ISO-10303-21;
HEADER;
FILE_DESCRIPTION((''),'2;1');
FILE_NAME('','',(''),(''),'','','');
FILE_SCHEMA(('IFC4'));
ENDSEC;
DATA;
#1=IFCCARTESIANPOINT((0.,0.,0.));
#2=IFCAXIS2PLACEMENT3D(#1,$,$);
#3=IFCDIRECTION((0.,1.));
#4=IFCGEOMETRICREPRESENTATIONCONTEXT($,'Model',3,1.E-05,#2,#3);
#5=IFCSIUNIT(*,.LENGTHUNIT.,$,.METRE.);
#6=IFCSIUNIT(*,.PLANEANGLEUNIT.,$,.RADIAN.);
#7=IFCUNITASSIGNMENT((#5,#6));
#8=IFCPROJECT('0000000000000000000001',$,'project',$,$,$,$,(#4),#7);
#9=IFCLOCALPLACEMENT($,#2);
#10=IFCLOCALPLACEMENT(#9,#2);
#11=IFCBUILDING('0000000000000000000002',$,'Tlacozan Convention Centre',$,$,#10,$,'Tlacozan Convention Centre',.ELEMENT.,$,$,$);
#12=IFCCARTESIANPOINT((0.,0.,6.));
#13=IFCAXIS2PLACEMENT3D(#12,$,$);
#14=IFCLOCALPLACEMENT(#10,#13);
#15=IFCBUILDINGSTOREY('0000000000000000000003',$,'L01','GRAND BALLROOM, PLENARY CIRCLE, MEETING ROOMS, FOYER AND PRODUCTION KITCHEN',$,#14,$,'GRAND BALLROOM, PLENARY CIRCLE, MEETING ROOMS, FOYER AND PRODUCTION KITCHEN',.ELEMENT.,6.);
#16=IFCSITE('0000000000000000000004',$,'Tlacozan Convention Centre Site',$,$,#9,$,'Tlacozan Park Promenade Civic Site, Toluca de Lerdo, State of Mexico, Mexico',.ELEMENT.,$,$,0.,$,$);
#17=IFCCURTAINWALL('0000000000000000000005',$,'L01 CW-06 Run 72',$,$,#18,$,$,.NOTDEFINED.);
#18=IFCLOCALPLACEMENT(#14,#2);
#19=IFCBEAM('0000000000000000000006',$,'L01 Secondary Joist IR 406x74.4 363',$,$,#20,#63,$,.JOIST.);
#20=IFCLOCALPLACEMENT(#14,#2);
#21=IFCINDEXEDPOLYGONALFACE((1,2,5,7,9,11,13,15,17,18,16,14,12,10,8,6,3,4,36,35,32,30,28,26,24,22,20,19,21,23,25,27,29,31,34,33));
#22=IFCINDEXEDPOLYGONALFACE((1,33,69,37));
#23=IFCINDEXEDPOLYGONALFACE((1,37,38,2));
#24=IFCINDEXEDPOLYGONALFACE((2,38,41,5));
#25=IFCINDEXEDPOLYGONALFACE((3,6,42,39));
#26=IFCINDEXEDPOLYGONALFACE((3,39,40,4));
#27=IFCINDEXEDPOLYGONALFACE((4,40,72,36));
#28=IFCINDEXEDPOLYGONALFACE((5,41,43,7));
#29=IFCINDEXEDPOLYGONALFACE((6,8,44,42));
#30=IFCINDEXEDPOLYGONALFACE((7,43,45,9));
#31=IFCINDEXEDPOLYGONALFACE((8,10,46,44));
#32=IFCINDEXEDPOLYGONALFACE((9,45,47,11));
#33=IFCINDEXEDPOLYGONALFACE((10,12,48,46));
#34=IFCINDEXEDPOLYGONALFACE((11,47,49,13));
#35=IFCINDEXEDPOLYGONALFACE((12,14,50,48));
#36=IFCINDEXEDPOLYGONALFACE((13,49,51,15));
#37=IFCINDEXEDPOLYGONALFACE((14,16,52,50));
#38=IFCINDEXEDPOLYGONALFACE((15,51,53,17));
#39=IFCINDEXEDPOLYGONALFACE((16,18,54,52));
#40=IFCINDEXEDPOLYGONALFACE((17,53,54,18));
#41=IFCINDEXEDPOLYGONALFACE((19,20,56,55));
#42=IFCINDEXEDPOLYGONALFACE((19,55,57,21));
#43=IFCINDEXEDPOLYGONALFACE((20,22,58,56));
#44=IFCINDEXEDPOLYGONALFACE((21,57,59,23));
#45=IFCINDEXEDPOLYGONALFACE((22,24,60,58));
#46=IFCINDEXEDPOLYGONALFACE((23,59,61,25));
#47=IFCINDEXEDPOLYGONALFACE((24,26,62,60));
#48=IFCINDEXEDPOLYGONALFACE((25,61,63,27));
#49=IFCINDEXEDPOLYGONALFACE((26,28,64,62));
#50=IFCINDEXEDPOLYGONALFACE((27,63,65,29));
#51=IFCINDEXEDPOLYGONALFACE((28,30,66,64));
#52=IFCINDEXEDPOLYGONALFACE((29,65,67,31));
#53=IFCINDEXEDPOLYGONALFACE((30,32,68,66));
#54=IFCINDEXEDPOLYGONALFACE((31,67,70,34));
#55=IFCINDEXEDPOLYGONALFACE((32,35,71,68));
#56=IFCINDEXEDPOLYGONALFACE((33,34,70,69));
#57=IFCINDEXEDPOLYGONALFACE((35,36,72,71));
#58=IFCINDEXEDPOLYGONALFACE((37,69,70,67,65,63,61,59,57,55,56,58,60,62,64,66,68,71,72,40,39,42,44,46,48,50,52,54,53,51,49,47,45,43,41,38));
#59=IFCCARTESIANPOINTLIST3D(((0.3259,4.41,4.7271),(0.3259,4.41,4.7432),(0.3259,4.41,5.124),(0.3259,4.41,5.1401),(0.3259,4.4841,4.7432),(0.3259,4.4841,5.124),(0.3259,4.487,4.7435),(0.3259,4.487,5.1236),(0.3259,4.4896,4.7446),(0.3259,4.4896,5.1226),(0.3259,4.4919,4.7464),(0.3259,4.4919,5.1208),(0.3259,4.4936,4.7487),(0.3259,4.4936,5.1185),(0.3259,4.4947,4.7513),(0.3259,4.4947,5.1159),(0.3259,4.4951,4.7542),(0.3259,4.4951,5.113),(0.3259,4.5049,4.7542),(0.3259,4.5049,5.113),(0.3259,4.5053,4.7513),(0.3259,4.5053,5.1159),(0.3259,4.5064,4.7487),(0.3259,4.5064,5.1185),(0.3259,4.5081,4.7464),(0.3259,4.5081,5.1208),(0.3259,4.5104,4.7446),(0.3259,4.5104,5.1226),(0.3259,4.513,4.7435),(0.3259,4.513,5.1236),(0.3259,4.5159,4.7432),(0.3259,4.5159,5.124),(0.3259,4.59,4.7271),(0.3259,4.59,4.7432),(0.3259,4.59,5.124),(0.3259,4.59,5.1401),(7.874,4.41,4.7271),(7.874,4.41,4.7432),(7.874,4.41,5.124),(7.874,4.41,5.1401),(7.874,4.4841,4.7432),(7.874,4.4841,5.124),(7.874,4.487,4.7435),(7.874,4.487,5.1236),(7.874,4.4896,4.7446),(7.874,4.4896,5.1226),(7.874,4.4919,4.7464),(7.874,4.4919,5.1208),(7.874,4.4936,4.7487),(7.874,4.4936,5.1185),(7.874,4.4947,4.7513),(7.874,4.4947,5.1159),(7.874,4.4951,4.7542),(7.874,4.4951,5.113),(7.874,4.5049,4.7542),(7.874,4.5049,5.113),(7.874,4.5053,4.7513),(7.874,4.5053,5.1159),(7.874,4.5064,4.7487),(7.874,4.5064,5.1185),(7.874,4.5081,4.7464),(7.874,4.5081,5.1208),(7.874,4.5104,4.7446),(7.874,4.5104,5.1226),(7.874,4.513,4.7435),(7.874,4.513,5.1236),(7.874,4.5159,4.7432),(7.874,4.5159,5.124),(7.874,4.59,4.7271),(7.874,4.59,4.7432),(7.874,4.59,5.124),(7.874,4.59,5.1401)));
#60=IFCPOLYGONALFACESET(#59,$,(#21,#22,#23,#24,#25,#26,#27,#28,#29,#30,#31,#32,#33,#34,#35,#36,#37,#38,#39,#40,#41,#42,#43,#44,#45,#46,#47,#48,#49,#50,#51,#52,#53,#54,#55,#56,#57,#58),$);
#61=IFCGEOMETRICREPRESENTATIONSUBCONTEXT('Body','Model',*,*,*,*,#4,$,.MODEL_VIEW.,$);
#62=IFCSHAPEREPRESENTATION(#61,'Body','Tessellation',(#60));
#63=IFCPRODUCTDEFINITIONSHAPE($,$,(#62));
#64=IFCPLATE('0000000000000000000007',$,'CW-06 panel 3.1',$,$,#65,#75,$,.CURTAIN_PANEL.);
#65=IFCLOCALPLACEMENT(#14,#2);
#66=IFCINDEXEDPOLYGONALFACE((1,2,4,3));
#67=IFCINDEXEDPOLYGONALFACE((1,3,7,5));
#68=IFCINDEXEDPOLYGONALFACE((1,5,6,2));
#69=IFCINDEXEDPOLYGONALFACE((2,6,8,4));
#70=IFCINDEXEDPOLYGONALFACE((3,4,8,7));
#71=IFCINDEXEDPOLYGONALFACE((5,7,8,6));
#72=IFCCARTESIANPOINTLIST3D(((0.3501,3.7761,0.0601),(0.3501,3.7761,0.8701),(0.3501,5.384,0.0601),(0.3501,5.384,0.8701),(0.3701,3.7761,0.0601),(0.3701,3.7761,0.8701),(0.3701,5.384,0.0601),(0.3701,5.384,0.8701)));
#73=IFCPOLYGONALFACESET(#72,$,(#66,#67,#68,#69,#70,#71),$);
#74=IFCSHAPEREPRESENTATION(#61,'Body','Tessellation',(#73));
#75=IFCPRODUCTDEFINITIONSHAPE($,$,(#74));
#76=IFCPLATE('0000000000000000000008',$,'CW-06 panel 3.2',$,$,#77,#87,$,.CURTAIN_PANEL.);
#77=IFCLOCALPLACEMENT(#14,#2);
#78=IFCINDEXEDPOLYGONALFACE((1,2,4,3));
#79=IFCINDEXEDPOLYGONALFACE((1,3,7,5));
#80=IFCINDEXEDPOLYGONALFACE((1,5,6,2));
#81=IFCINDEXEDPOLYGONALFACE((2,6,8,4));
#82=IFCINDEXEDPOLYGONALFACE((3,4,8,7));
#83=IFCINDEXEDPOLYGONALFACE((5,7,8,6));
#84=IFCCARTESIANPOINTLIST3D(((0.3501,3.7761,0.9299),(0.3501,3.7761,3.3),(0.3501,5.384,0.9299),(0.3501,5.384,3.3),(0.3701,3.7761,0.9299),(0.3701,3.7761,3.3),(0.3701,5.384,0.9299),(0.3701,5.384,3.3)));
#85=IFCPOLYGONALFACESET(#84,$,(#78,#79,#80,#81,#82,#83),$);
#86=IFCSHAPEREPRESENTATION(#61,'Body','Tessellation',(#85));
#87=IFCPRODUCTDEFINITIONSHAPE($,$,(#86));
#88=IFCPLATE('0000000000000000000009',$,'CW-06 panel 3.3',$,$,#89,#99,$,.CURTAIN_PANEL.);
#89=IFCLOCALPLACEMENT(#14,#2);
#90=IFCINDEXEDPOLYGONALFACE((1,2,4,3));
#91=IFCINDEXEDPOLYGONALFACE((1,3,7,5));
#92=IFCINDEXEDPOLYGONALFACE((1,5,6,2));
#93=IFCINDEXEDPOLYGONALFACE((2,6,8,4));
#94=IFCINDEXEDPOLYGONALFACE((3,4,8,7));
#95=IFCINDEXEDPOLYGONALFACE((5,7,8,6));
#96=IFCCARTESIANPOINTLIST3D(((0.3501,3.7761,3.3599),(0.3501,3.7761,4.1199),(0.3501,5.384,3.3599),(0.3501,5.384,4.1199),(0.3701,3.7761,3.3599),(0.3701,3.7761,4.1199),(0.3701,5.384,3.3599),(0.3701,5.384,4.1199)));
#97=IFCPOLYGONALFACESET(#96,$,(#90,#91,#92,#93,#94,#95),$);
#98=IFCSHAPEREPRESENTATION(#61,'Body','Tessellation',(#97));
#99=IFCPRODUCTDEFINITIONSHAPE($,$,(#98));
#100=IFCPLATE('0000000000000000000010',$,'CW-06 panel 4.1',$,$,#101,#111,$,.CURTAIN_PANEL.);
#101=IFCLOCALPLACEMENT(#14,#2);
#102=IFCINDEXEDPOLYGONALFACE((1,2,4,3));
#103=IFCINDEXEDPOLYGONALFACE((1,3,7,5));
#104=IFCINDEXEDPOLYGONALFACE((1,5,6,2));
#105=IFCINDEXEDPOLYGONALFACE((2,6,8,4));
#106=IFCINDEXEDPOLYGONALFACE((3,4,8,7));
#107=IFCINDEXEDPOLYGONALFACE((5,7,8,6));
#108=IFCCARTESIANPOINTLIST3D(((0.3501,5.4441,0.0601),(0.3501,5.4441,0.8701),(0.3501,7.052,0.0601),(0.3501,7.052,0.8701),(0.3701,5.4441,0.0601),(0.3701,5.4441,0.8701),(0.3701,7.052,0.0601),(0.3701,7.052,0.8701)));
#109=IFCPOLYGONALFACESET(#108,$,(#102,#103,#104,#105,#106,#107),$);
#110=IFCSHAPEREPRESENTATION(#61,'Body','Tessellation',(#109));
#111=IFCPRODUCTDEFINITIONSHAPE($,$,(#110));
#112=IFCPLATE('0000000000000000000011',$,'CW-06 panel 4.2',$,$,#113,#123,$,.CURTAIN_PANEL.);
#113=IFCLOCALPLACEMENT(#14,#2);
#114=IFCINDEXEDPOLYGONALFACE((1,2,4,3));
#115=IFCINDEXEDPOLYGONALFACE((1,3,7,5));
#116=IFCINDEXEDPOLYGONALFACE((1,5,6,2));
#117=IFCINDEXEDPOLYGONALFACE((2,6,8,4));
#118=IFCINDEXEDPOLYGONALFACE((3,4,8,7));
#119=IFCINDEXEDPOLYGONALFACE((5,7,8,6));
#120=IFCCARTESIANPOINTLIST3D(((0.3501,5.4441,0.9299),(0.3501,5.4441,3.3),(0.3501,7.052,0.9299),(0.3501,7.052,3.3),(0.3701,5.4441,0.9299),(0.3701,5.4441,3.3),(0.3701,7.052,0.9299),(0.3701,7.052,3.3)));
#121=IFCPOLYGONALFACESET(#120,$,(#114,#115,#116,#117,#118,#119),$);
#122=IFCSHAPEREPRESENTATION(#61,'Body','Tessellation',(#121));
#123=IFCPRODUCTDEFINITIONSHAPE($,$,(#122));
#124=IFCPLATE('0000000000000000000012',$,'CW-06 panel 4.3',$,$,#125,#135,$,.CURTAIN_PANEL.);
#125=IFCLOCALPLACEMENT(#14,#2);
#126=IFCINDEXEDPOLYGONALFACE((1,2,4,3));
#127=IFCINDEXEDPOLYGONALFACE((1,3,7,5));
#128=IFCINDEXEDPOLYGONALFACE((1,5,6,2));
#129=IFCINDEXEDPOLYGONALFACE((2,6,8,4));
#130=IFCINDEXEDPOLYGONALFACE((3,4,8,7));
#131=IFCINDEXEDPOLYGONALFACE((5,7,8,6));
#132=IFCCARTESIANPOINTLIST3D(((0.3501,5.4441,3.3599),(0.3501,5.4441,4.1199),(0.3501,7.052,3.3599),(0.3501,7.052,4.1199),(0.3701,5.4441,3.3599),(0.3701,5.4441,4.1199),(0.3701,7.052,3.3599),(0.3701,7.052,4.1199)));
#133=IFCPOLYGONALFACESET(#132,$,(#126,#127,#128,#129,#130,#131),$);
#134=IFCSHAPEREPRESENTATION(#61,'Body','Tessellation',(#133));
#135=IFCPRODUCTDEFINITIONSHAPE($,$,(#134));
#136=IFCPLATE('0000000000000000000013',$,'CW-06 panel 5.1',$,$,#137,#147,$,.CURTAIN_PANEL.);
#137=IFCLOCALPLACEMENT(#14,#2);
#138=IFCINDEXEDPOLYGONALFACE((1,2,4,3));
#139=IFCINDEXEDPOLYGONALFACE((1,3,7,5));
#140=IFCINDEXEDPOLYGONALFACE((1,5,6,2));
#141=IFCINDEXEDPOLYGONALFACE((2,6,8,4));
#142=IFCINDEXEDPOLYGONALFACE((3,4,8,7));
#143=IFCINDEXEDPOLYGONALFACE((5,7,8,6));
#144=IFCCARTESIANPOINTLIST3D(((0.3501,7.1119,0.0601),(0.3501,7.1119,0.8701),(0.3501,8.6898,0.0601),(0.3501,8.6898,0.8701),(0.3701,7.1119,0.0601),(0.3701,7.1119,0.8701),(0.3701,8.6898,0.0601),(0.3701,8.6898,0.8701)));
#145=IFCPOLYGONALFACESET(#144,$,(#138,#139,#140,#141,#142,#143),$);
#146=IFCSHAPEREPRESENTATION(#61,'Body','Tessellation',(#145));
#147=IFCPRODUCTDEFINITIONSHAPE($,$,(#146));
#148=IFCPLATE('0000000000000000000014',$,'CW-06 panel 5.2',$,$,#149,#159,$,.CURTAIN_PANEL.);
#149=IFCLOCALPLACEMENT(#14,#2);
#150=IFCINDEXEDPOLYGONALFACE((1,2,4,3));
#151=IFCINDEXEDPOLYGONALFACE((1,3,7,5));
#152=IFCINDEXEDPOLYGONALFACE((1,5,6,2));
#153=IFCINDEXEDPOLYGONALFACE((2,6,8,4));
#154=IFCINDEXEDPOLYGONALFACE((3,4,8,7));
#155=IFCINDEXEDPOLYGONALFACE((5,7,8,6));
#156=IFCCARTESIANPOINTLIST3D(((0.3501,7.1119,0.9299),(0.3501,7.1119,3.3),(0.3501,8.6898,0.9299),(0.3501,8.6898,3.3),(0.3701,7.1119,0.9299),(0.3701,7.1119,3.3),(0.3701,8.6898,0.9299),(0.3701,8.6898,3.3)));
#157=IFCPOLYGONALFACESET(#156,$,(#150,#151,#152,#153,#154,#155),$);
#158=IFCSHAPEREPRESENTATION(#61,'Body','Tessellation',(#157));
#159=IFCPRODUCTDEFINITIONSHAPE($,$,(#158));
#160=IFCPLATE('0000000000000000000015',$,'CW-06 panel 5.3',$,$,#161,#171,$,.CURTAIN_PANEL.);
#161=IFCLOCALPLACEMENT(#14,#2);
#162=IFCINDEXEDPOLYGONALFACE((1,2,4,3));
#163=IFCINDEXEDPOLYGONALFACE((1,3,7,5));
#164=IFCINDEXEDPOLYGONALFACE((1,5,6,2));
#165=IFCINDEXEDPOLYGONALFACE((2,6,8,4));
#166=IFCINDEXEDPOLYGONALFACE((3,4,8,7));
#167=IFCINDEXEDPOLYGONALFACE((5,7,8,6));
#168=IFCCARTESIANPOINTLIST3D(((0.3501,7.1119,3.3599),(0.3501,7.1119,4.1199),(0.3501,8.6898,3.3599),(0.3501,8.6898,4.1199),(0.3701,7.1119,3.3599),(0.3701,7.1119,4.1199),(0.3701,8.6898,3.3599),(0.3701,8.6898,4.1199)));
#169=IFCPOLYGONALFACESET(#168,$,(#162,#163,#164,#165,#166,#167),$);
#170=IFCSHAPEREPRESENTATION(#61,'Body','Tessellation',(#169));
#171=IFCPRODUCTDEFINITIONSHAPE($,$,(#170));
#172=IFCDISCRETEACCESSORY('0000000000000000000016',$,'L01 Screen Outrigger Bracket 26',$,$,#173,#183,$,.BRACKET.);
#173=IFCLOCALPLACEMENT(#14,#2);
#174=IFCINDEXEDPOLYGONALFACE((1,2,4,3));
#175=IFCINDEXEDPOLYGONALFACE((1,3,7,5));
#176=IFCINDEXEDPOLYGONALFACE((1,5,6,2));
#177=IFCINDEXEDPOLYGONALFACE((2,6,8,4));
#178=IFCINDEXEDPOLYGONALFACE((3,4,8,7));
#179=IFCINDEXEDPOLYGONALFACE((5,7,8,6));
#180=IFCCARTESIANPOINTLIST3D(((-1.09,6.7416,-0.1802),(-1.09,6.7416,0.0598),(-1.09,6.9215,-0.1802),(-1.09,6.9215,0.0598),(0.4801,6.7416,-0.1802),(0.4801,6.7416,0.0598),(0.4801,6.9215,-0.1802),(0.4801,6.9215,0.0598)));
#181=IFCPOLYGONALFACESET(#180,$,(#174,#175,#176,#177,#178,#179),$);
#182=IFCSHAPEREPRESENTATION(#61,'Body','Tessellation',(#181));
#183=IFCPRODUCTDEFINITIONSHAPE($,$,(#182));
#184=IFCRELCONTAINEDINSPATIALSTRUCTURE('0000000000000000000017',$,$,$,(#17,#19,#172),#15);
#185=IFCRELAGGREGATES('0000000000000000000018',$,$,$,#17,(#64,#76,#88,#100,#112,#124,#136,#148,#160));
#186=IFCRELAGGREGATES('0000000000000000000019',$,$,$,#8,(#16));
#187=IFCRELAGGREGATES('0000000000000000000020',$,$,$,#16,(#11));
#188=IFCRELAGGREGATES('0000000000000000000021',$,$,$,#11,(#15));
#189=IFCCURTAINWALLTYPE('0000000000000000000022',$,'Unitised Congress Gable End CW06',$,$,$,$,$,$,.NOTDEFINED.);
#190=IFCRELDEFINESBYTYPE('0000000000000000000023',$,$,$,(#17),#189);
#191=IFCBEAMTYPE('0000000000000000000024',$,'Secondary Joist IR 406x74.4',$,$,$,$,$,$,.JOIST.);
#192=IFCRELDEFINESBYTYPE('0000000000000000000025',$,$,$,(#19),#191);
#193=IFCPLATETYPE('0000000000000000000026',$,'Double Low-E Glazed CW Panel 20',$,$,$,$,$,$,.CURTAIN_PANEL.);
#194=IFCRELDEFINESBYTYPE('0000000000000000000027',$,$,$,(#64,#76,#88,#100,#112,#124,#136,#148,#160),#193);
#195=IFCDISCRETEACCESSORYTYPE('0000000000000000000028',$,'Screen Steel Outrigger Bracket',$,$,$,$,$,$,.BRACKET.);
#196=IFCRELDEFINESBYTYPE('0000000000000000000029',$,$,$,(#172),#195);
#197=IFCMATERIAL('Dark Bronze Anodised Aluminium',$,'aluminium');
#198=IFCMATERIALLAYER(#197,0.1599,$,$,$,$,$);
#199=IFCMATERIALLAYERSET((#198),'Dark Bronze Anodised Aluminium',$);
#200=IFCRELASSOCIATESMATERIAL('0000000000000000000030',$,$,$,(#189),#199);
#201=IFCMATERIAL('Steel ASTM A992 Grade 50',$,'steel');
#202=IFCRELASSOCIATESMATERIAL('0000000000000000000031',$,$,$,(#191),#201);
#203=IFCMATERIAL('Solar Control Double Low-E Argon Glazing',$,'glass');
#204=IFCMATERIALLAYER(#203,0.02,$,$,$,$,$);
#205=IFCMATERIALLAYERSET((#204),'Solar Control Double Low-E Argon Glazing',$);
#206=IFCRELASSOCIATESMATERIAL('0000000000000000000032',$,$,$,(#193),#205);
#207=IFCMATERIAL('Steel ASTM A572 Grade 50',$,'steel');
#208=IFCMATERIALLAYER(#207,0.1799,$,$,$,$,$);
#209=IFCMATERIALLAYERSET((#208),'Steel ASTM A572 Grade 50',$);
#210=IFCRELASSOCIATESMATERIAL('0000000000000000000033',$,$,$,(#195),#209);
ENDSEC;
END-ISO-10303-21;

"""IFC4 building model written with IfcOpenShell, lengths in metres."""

from ifc_helpers import new_model, si_unit, direction, frame, origin, origin_2d, place, context, subcontext, project, spatial, rectangle, i_section, extrude, material, layer, layer_set, material_profile, profile_set, type_object, element, aggregate, save


model = new_model("IFC4")

# Units and contexts
model_context = context("Model", 3, precision=1e-05, world=origin(), true_north=direction((0.0, 1.0)))
body_context = subcontext(model_context, "Body", "Model", "MODEL_VIEW")
ifc_project = project(units=[si_unit("LENGTHUNIT", "METRE"), si_unit("PLANEANGLEUNIT", "RADIAN")], contexts=[model_context])

# Site, building, storey
site_placement = place(None, origin())
site = spatial("IfcSite", under=ifc_project, at=site_placement, Name="Tlacozan Convention Centre Site", LongName="Tlacozan Park Promenade Civic Site, Toluca de Lerdo, State of Mexico, Mexico", CompositionType="ELEMENT", RefElevation=0.0)
building_placement = place(site_placement, origin())
building = spatial("IfcBuilding", under=site, at=building_placement, Name="Tlacozan Convention Centre", LongName="Tlacozan Convention Centre", CompositionType="ELEMENT")
storey_placement = place(building_placement, frame((0.0, 0.0, 6.0)))
storey = spatial("IfcBuildingStorey", under=building, at=storey_placement, Name="L01", Description="GRAND BALLROOM, PLENARY CIRCLE, MEETING ROOMS, FOYER AND PRODUCTION KITCHEN", LongName="GRAND BALLROOM, PLENARY CIRCLE, MEETING ROOMS, FOYER AND PRODUCTION KITCHEN", CompositionType="ELEMENT", Elevation=6.0)

# Curtain wall
ifc_material_1 = material(Name="Dark Bronze Anodised Aluminium", Category="aluminium")
ifc_layer_1 = layer(ifc_material_1, 0.1599)
ifc_layer_set_1 = layer_set([ifc_layer_1], Name="Dark Bronze Anodised Aluminium")
curtain_wall_type = type_object("IfcCurtainWallType", Name="Unitised Congress Gable End CW06", PredefinedType="NOTDEFINED", material=ifc_layer_set_1)
curtain_wall_placement = place(storey_placement, origin())
curtain_wall = element("IfcCurtainWall", 1, at=curtain_wall_placement, inside=storey, type_object=curtain_wall_type, Name="L01 CW-06 Run 72", PredefinedType="NOTDEFINED")

# Beam
ifc_material_2 = material(Name="Steel ASTM A992 Grade 50", Category="steel")
ifc_material_profile_1 = material_profile(ifc_material_2, i_section(OverallWidth=0.1799, OverallDepth=0.4131, WebThickness=0.0098, FlangeThickness=0.0161, FilletRadius=0.011, at=origin_2d()), Name="IR 406x74.4")
ifc_profile_set_1 = profile_set([ifc_material_profile_1], Name="Steel ASTM A992 Grade 50")
beam_type = type_object("IfcBeamType", Name="Secondary Joist IR 406x74.4", PredefinedType="JOIST", material=ifc_profile_set_1)
beam_placement = place(storey_placement, frame((0.3259, 4.5, 4.9336), z_axis=(1.0, 0.0, 0.0), x_axis=(0.0, 1.0, 0.0)))
element("IfcBeam", 2, at=beam_placement, inside=storey, type_object=beam_type, Name="L01 Secondary Joist IR 406x74.4 363", PredefinedType="JOIST", context=body_context, shape_type="SweptSolid", body=[
    extrude(i_section(OverallWidth=0.1799, OverallDepth=0.4131, WebThickness=0.0098, FlangeThickness=0.0161, FilletRadius=0.011, at=origin_2d()), origin(), (0.0, 0.0, 1.0), 7.5481),
])

# Plates
ifc_material_3 = material(Name="Solar Control Double Low-E Argon Glazing", Category="glass")
ifc_layer_2 = layer(ifc_material_3, 0.02)
ifc_layer_set_2 = layer_set([ifc_layer_2], Name="Solar Control Double Low-E Argon Glazing")
plate_type = type_object("IfcPlateType", Name="Double Low-E Glazed CW Panel 20", PredefinedType="CURTAIN_PANEL", material=ifc_layer_set_2)
plate_1_placement = place(storey_placement, frame((0.3601, 4.5801, 0.0601), z_axis=(0.0, 0.0, 1.0), x_axis=(0.0, 1.0, 0.0)))
plate_1 = element("IfcPlate", 3, at=plate_1_placement, type_object=plate_type, Name="CW-06 panel 3.1", PredefinedType="CURTAIN_PANEL", context=body_context, shape_type="SweptSolid", body=[
    extrude(rectangle(XDim=1.6079, YDim=0.02, at=origin_2d()), origin(), (0.0, 0.0, 1.0), 0.8101),
])
plate_2_placement = place(storey_placement, frame((0.3601, 4.5801, 0.9299), z_axis=(0.0, 0.0, 1.0), x_axis=(0.0, 1.0, 0.0)))
plate_2 = element("IfcPlate", 4, at=plate_2_placement, type_object=plate_type, Name="CW-06 panel 3.2", PredefinedType="CURTAIN_PANEL", context=body_context, shape_type="SweptSolid", body=[
    extrude(rectangle(XDim=1.6079, YDim=0.02, at=origin_2d()), origin(), (0.0, 0.0, 1.0), 2.3701),
])
plate_3_placement = place(storey_placement, frame((0.3601, 4.5801, 3.3599), z_axis=(0.0, 0.0, 1.0), x_axis=(0.0, 1.0, 0.0)))
plate_3 = element("IfcPlate", 5, at=plate_3_placement, type_object=plate_type, Name="CW-06 panel 3.3", PredefinedType="CURTAIN_PANEL", context=body_context, shape_type="SweptSolid", body=[
    extrude(rectangle(XDim=1.6079, YDim=0.02, at=origin_2d()), origin(), (0.0, 0.0, 1.0), 0.76),
])
plate_4_placement = place(storey_placement, frame((0.3601, 6.248, 0.0601), z_axis=(0.0, 0.0, 1.0), x_axis=(0.0, 1.0, 0.0)))
plate_4 = element("IfcPlate", 6, at=plate_4_placement, type_object=plate_type, Name="CW-06 panel 4.1", PredefinedType="CURTAIN_PANEL", context=body_context, shape_type="SweptSolid", body=[
    extrude(rectangle(XDim=1.6079, YDim=0.02, at=origin_2d()), origin(), (0.0, 0.0, 1.0), 0.8101),
])
plate_5_placement = place(storey_placement, frame((0.3601, 6.248, 0.9299), z_axis=(0.0, 0.0, 1.0), x_axis=(0.0, 1.0, 0.0)))
plate_5 = element("IfcPlate", 7, at=plate_5_placement, type_object=plate_type, Name="CW-06 panel 4.2", PredefinedType="CURTAIN_PANEL", context=body_context, shape_type="SweptSolid", body=[
    extrude(rectangle(XDim=1.6079, YDim=0.02, at=origin_2d()), origin(), (0.0, 0.0, 1.0), 2.3701),
])
plate_6_placement = place(storey_placement, frame((0.3601, 6.248, 3.3599), z_axis=(0.0, 0.0, 1.0), x_axis=(0.0, 1.0, 0.0)))
plate_6 = element("IfcPlate", 8, at=plate_6_placement, type_object=plate_type, Name="CW-06 panel 4.3", PredefinedType="CURTAIN_PANEL", context=body_context, shape_type="SweptSolid", body=[
    extrude(rectangle(XDim=1.6079, YDim=0.02, at=origin_2d()), origin(), (0.0, 0.0, 1.0), 0.76),
])
plate_7_placement = place(storey_placement, frame((0.3601, 7.9009, 0.0601), z_axis=(0.0, 0.0, 1.0), x_axis=(0.0, 1.0, 0.0)))
plate_7 = element("IfcPlate", 9, at=plate_7_placement, type_object=plate_type, Name="CW-06 panel 5.1", PredefinedType="CURTAIN_PANEL", context=body_context, shape_type="SweptSolid", body=[
    extrude(rectangle(XDim=1.5779, YDim=0.02, at=origin_2d()), origin(), (0.0, 0.0, 1.0), 0.8101),
])
plate_8_placement = place(storey_placement, frame((0.3601, 7.9009, 0.9299), z_axis=(0.0, 0.0, 1.0), x_axis=(0.0, 1.0, 0.0)))
plate_8 = element("IfcPlate", 10, at=plate_8_placement, type_object=plate_type, Name="CW-06 panel 5.2", PredefinedType="CURTAIN_PANEL", context=body_context, shape_type="SweptSolid", body=[
    extrude(rectangle(XDim=1.5779, YDim=0.02, at=origin_2d()), origin(), (0.0, 0.0, 1.0), 2.3701),
])
plate_9_placement = place(storey_placement, frame((0.3601, 7.9009, 3.3599), z_axis=(0.0, 0.0, 1.0), x_axis=(0.0, 1.0, 0.0)))
plate_9 = element("IfcPlate", 11, at=plate_9_placement, type_object=plate_type, Name="CW-06 panel 5.3", PredefinedType="CURTAIN_PANEL", context=body_context, shape_type="SweptSolid", body=[
    extrude(rectangle(XDim=1.5779, YDim=0.02, at=origin_2d()), origin(), (0.0, 0.0, 1.0), 0.76),
])
aggregate(curtain_wall, [plate_1, plate_2, plate_3, plate_4, plate_5, plate_6, plate_7, plate_8, plate_9])

# Discrete accessory
ifc_material_4 = material(Name="Steel ASTM A572 Grade 50", Category="steel")
ifc_layer_3 = layer(ifc_material_4, 0.1799)
ifc_layer_set_3 = layer_set([ifc_layer_3], Name="Steel ASTM A572 Grade 50")
discrete_accessory_type = type_object("IfcDiscreteAccessoryType", Name="Screen Steel Outrigger Bracket", PredefinedType="BRACKET", material=ifc_layer_set_3)
discrete_accessory_placement = place(storey_placement, frame((-0.3049, 6.8315, -0.1802), z_axis=(0.0, 0.0, 1.0), x_axis=(1.0, 0.0, 0.0)))
element("IfcDiscreteAccessory", 12, at=discrete_accessory_placement, inside=storey, type_object=discrete_accessory_type, Name="L01 Screen Outrigger Bracket 26", PredefinedType="BRACKET", context=body_context, shape_type="SweptSolid", body=[
    extrude(rectangle(XDim=1.5701, YDim=0.1799, at=origin_2d()), origin(), (0.0, 0.0, 1.0), 0.24),
])

save(model, "model.ifc")
